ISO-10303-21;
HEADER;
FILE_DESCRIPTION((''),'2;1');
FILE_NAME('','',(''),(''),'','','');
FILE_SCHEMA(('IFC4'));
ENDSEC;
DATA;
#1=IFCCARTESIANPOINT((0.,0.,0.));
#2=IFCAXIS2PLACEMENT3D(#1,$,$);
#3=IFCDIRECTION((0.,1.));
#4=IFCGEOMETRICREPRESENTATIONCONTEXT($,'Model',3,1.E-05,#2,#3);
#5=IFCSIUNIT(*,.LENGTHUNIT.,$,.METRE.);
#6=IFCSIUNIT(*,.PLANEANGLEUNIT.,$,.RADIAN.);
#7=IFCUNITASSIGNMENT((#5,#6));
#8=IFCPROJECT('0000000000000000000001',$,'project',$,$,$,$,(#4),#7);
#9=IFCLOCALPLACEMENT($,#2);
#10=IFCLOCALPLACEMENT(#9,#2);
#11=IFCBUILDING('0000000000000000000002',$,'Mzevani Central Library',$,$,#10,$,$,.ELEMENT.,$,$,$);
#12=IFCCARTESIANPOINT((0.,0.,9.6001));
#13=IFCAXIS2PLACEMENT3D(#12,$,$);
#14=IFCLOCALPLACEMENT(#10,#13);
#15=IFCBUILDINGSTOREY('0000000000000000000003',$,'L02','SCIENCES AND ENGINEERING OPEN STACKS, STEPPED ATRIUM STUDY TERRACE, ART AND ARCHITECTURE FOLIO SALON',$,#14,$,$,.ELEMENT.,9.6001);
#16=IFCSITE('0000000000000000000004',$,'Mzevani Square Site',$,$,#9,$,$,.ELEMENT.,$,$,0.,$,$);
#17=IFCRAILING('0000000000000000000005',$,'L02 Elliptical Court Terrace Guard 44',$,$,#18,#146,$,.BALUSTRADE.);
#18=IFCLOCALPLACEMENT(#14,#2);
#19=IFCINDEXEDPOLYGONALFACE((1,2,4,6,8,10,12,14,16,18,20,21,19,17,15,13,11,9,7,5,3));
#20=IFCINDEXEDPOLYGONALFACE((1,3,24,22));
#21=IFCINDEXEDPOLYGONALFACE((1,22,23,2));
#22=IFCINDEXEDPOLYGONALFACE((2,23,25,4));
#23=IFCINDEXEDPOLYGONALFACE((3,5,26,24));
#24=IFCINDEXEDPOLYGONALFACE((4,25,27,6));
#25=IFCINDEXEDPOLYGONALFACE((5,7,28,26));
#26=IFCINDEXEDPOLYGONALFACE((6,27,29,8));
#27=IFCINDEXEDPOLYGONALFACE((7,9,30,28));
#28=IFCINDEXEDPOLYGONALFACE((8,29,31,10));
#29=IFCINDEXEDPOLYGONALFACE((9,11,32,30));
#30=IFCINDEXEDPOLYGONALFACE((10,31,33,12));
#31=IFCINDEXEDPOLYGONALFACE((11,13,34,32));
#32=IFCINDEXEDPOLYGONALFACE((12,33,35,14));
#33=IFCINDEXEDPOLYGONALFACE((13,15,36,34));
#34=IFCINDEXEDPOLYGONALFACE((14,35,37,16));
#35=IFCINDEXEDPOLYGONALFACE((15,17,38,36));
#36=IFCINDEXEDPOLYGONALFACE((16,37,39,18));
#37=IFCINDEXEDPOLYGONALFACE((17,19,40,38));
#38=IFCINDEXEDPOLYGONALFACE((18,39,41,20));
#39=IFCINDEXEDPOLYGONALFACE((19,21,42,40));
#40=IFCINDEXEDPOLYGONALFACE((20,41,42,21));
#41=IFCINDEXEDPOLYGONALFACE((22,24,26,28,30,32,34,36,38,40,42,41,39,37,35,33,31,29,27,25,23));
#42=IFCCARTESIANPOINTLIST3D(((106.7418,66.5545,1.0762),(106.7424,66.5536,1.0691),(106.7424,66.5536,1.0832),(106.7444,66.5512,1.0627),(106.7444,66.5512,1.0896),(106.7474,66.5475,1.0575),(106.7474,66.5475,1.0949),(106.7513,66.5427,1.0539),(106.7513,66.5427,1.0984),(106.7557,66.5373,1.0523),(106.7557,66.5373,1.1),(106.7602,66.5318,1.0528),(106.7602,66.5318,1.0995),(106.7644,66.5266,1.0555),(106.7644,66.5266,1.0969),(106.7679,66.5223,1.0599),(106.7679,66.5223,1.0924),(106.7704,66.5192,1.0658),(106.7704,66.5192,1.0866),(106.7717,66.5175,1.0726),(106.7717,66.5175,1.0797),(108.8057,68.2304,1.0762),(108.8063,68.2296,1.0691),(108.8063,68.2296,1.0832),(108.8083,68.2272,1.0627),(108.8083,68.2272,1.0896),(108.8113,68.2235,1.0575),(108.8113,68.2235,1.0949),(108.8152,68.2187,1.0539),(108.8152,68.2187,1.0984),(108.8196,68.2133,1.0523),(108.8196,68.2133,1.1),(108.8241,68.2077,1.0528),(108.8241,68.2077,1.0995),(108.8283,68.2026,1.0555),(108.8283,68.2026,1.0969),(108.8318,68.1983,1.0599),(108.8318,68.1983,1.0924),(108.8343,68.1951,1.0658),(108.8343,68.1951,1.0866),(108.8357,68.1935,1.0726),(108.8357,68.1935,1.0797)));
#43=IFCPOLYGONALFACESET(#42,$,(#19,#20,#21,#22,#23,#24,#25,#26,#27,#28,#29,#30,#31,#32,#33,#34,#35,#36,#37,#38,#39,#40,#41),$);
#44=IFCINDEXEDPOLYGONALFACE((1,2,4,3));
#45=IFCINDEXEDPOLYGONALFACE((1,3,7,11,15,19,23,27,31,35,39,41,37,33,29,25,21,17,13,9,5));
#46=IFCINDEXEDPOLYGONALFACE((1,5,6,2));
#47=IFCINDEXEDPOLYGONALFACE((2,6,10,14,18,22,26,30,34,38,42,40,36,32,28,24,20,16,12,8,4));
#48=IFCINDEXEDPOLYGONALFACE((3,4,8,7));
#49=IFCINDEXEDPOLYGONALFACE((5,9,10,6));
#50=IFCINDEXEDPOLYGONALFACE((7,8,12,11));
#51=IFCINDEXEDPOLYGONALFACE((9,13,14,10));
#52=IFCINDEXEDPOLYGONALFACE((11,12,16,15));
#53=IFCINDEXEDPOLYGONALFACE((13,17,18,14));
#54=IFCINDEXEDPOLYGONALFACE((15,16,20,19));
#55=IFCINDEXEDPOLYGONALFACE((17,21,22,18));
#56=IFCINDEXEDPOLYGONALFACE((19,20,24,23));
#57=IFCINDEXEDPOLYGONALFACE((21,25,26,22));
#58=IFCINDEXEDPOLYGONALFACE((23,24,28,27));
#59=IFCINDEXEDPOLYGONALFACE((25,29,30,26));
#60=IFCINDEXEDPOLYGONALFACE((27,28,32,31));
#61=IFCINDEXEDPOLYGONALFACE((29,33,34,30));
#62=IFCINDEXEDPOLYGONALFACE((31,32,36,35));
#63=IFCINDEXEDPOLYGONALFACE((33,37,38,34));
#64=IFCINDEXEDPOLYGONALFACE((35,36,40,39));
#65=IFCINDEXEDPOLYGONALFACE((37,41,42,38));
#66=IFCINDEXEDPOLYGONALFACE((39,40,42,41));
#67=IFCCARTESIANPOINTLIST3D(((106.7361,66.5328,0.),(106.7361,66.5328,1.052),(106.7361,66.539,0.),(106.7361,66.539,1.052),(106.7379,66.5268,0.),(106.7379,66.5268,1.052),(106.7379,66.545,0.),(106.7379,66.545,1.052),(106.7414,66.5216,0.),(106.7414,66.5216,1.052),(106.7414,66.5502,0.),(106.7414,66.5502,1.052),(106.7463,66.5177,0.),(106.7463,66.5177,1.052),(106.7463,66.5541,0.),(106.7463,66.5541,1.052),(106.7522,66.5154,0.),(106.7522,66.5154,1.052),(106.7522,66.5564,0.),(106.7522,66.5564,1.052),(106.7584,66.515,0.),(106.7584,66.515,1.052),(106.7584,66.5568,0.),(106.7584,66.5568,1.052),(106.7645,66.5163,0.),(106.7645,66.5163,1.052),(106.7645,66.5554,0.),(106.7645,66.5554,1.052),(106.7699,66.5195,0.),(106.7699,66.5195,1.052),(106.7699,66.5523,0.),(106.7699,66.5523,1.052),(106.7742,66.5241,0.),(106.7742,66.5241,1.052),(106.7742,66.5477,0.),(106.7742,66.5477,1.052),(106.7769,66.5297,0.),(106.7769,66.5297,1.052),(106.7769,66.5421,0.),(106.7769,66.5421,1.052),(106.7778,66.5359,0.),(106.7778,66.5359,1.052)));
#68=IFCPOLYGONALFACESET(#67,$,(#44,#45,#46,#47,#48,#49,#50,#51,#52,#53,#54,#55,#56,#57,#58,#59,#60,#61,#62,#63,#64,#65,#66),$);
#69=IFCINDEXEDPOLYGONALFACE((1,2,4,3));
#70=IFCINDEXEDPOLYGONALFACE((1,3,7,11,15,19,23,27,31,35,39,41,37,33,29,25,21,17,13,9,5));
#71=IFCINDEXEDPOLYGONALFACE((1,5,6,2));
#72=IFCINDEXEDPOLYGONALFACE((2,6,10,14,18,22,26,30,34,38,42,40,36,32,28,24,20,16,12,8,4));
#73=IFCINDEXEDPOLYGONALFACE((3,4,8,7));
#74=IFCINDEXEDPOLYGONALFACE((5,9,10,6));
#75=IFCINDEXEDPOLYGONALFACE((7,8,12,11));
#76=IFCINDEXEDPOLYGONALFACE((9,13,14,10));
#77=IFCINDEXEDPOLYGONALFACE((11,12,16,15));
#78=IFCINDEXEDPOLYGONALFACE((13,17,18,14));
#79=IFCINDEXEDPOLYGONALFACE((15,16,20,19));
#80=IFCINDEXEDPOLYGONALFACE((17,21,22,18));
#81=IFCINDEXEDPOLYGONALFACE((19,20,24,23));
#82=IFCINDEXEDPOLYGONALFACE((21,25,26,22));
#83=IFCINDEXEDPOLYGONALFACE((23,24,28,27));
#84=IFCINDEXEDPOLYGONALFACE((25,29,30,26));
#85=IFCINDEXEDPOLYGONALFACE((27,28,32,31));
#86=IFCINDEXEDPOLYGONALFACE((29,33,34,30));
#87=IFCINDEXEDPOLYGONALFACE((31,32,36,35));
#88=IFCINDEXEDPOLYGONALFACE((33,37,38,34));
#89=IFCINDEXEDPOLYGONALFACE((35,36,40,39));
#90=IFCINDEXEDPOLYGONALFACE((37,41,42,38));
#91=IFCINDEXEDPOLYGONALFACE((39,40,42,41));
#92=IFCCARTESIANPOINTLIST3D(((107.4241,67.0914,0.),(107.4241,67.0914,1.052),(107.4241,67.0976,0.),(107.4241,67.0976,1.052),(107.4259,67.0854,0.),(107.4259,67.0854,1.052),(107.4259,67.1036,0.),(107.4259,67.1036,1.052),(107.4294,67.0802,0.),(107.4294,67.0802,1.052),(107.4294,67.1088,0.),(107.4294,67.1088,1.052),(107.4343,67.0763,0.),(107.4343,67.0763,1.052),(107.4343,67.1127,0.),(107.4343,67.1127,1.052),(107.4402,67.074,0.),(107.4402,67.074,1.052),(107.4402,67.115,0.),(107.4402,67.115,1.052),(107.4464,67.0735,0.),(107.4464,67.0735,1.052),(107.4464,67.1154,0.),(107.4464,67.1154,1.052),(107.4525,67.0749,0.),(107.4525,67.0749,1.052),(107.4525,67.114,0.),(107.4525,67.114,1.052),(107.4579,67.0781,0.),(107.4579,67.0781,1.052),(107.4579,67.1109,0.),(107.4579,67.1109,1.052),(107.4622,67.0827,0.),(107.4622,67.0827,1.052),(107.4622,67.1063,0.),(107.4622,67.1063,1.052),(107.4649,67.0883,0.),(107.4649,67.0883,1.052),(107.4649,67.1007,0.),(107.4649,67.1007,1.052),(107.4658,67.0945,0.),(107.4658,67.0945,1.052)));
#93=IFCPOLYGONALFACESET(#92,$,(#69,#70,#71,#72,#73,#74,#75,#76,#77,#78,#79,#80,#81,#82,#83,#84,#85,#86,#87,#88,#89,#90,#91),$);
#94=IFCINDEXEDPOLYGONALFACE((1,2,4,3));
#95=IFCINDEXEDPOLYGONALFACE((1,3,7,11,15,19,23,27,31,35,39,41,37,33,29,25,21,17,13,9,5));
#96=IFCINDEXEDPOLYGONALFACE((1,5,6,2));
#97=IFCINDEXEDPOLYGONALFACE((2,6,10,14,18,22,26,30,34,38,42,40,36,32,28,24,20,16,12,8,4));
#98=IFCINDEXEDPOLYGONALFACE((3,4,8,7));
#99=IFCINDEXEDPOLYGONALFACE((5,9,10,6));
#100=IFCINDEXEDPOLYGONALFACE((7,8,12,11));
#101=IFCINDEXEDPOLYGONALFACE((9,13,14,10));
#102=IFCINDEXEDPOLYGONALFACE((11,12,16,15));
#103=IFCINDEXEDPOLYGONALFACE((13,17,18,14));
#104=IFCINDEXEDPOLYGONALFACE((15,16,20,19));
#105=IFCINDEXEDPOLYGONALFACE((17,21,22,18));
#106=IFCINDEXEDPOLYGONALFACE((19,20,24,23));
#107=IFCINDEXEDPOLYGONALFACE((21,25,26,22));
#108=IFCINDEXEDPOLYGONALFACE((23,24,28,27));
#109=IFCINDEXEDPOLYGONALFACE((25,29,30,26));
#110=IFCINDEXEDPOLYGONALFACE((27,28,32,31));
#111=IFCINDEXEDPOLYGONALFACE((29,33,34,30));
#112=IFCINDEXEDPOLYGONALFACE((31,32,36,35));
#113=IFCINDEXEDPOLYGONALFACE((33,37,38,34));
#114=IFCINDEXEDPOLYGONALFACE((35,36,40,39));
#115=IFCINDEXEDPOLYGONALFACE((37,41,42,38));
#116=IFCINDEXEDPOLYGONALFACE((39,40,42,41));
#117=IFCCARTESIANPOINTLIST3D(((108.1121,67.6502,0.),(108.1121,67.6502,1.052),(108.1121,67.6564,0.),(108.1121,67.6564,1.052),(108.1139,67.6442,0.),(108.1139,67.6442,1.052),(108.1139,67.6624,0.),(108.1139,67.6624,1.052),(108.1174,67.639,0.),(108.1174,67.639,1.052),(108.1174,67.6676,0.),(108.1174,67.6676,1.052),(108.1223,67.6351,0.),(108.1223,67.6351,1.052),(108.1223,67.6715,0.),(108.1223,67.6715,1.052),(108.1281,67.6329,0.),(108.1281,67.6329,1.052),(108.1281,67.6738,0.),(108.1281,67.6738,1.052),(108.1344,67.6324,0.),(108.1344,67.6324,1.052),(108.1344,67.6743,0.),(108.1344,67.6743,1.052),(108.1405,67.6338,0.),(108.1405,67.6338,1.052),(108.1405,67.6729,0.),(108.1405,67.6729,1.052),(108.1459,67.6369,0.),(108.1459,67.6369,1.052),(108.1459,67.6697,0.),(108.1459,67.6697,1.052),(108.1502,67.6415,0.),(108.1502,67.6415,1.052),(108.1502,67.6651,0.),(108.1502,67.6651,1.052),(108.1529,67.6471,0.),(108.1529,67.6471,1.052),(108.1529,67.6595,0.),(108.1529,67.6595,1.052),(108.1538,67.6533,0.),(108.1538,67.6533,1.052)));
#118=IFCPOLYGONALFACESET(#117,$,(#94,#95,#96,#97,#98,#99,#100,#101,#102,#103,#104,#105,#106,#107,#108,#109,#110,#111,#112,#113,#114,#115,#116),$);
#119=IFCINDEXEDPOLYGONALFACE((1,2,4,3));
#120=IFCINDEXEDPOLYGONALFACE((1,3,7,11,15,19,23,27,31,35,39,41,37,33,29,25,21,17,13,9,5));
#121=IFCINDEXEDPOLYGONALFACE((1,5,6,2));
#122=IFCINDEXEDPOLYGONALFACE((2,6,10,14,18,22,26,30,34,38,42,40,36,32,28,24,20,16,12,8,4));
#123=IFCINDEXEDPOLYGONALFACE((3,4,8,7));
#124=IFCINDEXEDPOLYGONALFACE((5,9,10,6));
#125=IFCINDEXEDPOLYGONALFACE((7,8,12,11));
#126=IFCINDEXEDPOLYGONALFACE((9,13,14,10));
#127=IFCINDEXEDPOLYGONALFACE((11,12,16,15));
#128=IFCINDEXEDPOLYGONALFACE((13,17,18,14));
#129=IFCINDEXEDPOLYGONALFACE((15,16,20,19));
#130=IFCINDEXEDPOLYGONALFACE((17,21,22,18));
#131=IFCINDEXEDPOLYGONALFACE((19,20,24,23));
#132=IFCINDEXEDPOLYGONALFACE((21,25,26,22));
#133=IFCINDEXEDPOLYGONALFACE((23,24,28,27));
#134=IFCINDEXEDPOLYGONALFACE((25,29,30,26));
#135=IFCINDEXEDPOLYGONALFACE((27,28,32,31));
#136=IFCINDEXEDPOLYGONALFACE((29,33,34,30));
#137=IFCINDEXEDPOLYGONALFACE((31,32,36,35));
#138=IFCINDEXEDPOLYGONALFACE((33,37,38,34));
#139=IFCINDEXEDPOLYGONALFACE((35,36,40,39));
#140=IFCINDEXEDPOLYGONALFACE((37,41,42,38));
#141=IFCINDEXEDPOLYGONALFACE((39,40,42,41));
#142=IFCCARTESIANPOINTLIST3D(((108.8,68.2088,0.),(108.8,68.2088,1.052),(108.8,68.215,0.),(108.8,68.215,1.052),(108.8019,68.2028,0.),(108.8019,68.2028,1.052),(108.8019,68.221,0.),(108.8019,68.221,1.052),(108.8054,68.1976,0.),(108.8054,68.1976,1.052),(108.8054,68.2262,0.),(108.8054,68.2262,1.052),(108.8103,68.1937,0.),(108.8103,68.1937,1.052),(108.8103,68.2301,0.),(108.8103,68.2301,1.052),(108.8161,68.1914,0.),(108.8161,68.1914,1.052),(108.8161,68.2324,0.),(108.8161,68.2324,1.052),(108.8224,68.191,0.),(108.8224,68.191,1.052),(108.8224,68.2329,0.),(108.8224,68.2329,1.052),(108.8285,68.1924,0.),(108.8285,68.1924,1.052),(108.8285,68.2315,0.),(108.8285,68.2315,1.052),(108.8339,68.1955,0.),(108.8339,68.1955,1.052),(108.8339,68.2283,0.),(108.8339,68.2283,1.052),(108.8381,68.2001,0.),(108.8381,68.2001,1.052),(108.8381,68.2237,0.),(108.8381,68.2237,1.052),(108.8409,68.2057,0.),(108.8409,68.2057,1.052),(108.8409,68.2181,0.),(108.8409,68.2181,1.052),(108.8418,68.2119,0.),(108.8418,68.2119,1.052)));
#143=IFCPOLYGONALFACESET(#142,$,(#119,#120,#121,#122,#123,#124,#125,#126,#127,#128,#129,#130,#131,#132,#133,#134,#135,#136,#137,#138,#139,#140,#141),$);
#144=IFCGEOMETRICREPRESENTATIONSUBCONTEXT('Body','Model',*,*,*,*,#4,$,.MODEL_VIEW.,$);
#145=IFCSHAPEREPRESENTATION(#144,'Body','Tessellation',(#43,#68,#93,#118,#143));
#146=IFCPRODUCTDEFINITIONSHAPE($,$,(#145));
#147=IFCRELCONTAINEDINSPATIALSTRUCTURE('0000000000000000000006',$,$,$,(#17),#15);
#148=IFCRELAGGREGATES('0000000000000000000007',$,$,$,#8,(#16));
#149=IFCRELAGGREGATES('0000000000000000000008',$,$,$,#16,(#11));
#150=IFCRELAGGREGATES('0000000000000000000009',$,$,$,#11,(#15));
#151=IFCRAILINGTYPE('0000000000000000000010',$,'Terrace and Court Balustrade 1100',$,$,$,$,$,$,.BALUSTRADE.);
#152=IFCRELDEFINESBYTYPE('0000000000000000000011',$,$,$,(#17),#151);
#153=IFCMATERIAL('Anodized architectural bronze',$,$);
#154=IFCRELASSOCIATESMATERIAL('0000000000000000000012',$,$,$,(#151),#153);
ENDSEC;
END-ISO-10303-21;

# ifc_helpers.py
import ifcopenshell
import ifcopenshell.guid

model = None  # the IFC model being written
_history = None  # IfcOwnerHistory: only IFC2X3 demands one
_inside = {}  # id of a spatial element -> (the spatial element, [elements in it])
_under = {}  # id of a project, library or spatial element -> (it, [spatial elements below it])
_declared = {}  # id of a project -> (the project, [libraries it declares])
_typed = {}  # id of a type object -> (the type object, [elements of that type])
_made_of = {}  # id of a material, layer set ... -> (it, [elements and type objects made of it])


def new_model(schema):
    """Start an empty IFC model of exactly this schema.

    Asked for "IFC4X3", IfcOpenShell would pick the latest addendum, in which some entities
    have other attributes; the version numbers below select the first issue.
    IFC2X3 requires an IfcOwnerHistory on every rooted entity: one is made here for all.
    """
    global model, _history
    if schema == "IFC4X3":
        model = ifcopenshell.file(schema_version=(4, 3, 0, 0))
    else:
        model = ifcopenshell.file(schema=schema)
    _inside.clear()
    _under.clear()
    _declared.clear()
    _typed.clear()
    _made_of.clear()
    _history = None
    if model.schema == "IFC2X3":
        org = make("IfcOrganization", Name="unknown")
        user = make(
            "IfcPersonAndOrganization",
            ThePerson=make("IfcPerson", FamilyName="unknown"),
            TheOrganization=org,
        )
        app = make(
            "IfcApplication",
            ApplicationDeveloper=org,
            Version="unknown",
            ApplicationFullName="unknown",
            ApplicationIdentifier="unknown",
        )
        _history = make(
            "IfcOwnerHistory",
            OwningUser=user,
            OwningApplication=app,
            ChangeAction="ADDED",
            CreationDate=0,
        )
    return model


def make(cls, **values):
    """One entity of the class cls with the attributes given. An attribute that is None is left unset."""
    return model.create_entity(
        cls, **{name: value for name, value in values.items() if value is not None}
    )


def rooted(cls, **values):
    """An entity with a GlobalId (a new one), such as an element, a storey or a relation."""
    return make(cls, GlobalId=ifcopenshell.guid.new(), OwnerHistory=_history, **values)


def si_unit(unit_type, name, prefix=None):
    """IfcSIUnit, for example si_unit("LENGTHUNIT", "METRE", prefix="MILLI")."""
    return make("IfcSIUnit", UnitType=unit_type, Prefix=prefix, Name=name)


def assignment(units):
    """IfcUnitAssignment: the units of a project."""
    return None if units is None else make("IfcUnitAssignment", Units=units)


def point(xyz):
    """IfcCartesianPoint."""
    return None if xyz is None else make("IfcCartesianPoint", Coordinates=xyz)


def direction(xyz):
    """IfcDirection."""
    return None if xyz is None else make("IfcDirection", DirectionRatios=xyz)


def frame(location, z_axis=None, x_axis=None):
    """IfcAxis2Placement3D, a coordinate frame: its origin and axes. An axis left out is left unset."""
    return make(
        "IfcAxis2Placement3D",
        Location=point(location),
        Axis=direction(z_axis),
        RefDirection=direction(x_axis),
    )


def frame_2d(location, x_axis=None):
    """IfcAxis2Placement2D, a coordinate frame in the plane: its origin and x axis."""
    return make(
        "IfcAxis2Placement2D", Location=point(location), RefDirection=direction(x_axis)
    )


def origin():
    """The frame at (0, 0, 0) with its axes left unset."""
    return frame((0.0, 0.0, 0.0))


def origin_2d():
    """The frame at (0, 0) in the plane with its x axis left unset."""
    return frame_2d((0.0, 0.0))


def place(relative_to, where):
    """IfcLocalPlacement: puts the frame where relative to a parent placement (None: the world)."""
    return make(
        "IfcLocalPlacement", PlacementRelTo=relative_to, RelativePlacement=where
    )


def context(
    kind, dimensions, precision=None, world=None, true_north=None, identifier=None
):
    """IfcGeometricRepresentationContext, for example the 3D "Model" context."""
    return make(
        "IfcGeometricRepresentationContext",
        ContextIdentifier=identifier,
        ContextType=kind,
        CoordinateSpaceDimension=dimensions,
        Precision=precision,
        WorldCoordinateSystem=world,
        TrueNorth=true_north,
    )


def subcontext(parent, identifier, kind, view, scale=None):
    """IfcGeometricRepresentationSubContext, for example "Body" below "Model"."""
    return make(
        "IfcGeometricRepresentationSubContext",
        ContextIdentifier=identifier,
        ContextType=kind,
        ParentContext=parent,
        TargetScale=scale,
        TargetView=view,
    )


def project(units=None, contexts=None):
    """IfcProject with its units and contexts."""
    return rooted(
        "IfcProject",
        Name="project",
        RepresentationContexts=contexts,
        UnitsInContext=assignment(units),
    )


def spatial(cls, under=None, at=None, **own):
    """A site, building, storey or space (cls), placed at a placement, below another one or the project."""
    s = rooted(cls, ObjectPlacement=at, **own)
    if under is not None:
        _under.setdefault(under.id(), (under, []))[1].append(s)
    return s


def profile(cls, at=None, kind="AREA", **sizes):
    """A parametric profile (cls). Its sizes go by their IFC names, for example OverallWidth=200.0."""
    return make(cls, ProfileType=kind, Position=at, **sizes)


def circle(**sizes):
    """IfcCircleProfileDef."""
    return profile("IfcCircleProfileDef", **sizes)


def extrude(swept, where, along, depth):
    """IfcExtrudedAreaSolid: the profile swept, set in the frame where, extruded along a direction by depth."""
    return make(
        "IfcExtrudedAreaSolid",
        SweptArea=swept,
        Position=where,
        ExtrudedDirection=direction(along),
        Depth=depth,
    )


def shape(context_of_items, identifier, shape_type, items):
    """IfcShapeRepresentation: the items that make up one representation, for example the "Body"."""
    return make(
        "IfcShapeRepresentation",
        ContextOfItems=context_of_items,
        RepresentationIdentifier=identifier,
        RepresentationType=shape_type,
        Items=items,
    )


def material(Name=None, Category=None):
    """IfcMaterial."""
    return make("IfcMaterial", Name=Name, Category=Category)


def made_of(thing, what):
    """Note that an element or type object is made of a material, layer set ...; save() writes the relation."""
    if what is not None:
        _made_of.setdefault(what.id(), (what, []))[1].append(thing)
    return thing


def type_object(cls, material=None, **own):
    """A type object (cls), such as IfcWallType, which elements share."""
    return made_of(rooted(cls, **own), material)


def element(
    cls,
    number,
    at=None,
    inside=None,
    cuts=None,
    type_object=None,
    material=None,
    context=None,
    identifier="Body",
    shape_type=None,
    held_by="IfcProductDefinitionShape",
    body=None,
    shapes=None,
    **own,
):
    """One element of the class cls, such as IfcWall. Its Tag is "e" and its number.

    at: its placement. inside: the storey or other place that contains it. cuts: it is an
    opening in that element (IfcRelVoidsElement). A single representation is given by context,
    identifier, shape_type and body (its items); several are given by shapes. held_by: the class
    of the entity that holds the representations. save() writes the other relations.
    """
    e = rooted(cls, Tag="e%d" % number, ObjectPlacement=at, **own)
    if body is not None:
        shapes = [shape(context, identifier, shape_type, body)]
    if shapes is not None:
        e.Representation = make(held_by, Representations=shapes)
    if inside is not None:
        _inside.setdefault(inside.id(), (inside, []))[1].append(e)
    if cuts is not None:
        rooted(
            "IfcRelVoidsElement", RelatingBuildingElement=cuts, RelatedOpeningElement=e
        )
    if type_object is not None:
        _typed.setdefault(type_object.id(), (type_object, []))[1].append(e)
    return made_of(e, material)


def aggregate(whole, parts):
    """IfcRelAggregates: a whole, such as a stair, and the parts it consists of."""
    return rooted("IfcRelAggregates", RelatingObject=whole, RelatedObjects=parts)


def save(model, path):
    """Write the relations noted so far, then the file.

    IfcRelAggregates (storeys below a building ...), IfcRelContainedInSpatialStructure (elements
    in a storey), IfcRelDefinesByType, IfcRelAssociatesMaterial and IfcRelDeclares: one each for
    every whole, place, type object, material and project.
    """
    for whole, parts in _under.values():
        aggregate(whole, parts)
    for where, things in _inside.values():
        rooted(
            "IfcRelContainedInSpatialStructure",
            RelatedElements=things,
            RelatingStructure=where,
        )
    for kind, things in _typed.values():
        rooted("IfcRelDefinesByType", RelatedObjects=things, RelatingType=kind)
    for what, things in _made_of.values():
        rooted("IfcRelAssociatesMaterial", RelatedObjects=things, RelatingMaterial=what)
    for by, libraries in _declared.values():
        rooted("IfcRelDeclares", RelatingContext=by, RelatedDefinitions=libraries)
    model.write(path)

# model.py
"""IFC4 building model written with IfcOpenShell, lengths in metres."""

from ifc_helpers import new_model, si_unit, direction, frame, origin, origin_2d, place, context, subcontext, project, spatial, circle, extrude, material, type_object, element, save


model = new_model("IFC4")

# Units and contexts
model_context = context("Model", 3, precision=1e-05, world=origin(), true_north=direction((0.0, 1.0)))
body_context = subcontext(model_context, "Body", "Model", "MODEL_VIEW")
ifc_project = project(units=[si_unit("LENGTHUNIT", "METRE"), si_unit("PLANEANGLEUNIT", "RADIAN")], contexts=[model_context])

# Site, building, storey
site_placement = place(None, origin())
site = spatial("IfcSite", under=ifc_project, at=site_placement, Name="Mzevani Square Site", CompositionType="ELEMENT", RefElevation=0.0)
building_placement = place(site_placement, origin())
building = spatial("IfcBuilding", under=site, at=building_placement, Name="Mzevani Central Library", CompositionType="ELEMENT")
storey_placement = place(building_placement, frame((0.0, 0.0, 9.6001)))
storey = spatial("IfcBuildingStorey", under=building, at=storey_placement, Name="L02", Description="SCIENCES AND ENGINEERING OPEN STACKS, STEPPED ATRIUM STUDY TERRACE, ART AND ARCHITECTURE FOLIO SALON", CompositionType="ELEMENT", Elevation=9.6001)

# Railing
ifc_material_1 = material(Name="Anodized architectural bronze")
railing_type = type_object("IfcRailingType", Name="Terrace and Court Balustrade 1100", PredefinedType="BALUSTRADE", material=ifc_material_1)
railing_1_placement = place(storey_placement, frame((106.7568, 66.5359, 0.0)))
element("IfcRailing", 1, at=railing_1_placement, inside=storey, type_object=railing_type, Name="L02 Elliptical Court Terrace Guard 44", PredefinedType="BALUSTRADE", context=body_context, shape_type="SweptSolid", body=[
    extrude(circle(Radius=0.0239, at=origin_2d()), frame((0.0, 0.0, 1.0762), z_axis=(0.776288, 0.630378, 0.0), x_axis=(-0.630378, 0.776288, 0.0)), (0.0, 0.0, 1.0), 2.6587),
    extrude(circle(Radius=0.021, at=origin_2d()), origin(), (0.0, 0.0, 1.0), 1.052),
    extrude(circle(Radius=0.021, at=origin_2d()), frame((0.688, 0.5586, 0.0)), (0.0, 0.0, 1.0), 1.052),
    extrude(circle(Radius=0.021, at=origin_2d()), frame((1.376, 1.1174, 0.0)), (0.0, 0.0, 1.0), 1.052),
    extrude(circle(Radius=0.021, at=origin_2d()), frame((2.064, 1.676, 0.0)), (0.0, 0.0, 1.0), 1.052),
])

save(model, "model.ifc")
